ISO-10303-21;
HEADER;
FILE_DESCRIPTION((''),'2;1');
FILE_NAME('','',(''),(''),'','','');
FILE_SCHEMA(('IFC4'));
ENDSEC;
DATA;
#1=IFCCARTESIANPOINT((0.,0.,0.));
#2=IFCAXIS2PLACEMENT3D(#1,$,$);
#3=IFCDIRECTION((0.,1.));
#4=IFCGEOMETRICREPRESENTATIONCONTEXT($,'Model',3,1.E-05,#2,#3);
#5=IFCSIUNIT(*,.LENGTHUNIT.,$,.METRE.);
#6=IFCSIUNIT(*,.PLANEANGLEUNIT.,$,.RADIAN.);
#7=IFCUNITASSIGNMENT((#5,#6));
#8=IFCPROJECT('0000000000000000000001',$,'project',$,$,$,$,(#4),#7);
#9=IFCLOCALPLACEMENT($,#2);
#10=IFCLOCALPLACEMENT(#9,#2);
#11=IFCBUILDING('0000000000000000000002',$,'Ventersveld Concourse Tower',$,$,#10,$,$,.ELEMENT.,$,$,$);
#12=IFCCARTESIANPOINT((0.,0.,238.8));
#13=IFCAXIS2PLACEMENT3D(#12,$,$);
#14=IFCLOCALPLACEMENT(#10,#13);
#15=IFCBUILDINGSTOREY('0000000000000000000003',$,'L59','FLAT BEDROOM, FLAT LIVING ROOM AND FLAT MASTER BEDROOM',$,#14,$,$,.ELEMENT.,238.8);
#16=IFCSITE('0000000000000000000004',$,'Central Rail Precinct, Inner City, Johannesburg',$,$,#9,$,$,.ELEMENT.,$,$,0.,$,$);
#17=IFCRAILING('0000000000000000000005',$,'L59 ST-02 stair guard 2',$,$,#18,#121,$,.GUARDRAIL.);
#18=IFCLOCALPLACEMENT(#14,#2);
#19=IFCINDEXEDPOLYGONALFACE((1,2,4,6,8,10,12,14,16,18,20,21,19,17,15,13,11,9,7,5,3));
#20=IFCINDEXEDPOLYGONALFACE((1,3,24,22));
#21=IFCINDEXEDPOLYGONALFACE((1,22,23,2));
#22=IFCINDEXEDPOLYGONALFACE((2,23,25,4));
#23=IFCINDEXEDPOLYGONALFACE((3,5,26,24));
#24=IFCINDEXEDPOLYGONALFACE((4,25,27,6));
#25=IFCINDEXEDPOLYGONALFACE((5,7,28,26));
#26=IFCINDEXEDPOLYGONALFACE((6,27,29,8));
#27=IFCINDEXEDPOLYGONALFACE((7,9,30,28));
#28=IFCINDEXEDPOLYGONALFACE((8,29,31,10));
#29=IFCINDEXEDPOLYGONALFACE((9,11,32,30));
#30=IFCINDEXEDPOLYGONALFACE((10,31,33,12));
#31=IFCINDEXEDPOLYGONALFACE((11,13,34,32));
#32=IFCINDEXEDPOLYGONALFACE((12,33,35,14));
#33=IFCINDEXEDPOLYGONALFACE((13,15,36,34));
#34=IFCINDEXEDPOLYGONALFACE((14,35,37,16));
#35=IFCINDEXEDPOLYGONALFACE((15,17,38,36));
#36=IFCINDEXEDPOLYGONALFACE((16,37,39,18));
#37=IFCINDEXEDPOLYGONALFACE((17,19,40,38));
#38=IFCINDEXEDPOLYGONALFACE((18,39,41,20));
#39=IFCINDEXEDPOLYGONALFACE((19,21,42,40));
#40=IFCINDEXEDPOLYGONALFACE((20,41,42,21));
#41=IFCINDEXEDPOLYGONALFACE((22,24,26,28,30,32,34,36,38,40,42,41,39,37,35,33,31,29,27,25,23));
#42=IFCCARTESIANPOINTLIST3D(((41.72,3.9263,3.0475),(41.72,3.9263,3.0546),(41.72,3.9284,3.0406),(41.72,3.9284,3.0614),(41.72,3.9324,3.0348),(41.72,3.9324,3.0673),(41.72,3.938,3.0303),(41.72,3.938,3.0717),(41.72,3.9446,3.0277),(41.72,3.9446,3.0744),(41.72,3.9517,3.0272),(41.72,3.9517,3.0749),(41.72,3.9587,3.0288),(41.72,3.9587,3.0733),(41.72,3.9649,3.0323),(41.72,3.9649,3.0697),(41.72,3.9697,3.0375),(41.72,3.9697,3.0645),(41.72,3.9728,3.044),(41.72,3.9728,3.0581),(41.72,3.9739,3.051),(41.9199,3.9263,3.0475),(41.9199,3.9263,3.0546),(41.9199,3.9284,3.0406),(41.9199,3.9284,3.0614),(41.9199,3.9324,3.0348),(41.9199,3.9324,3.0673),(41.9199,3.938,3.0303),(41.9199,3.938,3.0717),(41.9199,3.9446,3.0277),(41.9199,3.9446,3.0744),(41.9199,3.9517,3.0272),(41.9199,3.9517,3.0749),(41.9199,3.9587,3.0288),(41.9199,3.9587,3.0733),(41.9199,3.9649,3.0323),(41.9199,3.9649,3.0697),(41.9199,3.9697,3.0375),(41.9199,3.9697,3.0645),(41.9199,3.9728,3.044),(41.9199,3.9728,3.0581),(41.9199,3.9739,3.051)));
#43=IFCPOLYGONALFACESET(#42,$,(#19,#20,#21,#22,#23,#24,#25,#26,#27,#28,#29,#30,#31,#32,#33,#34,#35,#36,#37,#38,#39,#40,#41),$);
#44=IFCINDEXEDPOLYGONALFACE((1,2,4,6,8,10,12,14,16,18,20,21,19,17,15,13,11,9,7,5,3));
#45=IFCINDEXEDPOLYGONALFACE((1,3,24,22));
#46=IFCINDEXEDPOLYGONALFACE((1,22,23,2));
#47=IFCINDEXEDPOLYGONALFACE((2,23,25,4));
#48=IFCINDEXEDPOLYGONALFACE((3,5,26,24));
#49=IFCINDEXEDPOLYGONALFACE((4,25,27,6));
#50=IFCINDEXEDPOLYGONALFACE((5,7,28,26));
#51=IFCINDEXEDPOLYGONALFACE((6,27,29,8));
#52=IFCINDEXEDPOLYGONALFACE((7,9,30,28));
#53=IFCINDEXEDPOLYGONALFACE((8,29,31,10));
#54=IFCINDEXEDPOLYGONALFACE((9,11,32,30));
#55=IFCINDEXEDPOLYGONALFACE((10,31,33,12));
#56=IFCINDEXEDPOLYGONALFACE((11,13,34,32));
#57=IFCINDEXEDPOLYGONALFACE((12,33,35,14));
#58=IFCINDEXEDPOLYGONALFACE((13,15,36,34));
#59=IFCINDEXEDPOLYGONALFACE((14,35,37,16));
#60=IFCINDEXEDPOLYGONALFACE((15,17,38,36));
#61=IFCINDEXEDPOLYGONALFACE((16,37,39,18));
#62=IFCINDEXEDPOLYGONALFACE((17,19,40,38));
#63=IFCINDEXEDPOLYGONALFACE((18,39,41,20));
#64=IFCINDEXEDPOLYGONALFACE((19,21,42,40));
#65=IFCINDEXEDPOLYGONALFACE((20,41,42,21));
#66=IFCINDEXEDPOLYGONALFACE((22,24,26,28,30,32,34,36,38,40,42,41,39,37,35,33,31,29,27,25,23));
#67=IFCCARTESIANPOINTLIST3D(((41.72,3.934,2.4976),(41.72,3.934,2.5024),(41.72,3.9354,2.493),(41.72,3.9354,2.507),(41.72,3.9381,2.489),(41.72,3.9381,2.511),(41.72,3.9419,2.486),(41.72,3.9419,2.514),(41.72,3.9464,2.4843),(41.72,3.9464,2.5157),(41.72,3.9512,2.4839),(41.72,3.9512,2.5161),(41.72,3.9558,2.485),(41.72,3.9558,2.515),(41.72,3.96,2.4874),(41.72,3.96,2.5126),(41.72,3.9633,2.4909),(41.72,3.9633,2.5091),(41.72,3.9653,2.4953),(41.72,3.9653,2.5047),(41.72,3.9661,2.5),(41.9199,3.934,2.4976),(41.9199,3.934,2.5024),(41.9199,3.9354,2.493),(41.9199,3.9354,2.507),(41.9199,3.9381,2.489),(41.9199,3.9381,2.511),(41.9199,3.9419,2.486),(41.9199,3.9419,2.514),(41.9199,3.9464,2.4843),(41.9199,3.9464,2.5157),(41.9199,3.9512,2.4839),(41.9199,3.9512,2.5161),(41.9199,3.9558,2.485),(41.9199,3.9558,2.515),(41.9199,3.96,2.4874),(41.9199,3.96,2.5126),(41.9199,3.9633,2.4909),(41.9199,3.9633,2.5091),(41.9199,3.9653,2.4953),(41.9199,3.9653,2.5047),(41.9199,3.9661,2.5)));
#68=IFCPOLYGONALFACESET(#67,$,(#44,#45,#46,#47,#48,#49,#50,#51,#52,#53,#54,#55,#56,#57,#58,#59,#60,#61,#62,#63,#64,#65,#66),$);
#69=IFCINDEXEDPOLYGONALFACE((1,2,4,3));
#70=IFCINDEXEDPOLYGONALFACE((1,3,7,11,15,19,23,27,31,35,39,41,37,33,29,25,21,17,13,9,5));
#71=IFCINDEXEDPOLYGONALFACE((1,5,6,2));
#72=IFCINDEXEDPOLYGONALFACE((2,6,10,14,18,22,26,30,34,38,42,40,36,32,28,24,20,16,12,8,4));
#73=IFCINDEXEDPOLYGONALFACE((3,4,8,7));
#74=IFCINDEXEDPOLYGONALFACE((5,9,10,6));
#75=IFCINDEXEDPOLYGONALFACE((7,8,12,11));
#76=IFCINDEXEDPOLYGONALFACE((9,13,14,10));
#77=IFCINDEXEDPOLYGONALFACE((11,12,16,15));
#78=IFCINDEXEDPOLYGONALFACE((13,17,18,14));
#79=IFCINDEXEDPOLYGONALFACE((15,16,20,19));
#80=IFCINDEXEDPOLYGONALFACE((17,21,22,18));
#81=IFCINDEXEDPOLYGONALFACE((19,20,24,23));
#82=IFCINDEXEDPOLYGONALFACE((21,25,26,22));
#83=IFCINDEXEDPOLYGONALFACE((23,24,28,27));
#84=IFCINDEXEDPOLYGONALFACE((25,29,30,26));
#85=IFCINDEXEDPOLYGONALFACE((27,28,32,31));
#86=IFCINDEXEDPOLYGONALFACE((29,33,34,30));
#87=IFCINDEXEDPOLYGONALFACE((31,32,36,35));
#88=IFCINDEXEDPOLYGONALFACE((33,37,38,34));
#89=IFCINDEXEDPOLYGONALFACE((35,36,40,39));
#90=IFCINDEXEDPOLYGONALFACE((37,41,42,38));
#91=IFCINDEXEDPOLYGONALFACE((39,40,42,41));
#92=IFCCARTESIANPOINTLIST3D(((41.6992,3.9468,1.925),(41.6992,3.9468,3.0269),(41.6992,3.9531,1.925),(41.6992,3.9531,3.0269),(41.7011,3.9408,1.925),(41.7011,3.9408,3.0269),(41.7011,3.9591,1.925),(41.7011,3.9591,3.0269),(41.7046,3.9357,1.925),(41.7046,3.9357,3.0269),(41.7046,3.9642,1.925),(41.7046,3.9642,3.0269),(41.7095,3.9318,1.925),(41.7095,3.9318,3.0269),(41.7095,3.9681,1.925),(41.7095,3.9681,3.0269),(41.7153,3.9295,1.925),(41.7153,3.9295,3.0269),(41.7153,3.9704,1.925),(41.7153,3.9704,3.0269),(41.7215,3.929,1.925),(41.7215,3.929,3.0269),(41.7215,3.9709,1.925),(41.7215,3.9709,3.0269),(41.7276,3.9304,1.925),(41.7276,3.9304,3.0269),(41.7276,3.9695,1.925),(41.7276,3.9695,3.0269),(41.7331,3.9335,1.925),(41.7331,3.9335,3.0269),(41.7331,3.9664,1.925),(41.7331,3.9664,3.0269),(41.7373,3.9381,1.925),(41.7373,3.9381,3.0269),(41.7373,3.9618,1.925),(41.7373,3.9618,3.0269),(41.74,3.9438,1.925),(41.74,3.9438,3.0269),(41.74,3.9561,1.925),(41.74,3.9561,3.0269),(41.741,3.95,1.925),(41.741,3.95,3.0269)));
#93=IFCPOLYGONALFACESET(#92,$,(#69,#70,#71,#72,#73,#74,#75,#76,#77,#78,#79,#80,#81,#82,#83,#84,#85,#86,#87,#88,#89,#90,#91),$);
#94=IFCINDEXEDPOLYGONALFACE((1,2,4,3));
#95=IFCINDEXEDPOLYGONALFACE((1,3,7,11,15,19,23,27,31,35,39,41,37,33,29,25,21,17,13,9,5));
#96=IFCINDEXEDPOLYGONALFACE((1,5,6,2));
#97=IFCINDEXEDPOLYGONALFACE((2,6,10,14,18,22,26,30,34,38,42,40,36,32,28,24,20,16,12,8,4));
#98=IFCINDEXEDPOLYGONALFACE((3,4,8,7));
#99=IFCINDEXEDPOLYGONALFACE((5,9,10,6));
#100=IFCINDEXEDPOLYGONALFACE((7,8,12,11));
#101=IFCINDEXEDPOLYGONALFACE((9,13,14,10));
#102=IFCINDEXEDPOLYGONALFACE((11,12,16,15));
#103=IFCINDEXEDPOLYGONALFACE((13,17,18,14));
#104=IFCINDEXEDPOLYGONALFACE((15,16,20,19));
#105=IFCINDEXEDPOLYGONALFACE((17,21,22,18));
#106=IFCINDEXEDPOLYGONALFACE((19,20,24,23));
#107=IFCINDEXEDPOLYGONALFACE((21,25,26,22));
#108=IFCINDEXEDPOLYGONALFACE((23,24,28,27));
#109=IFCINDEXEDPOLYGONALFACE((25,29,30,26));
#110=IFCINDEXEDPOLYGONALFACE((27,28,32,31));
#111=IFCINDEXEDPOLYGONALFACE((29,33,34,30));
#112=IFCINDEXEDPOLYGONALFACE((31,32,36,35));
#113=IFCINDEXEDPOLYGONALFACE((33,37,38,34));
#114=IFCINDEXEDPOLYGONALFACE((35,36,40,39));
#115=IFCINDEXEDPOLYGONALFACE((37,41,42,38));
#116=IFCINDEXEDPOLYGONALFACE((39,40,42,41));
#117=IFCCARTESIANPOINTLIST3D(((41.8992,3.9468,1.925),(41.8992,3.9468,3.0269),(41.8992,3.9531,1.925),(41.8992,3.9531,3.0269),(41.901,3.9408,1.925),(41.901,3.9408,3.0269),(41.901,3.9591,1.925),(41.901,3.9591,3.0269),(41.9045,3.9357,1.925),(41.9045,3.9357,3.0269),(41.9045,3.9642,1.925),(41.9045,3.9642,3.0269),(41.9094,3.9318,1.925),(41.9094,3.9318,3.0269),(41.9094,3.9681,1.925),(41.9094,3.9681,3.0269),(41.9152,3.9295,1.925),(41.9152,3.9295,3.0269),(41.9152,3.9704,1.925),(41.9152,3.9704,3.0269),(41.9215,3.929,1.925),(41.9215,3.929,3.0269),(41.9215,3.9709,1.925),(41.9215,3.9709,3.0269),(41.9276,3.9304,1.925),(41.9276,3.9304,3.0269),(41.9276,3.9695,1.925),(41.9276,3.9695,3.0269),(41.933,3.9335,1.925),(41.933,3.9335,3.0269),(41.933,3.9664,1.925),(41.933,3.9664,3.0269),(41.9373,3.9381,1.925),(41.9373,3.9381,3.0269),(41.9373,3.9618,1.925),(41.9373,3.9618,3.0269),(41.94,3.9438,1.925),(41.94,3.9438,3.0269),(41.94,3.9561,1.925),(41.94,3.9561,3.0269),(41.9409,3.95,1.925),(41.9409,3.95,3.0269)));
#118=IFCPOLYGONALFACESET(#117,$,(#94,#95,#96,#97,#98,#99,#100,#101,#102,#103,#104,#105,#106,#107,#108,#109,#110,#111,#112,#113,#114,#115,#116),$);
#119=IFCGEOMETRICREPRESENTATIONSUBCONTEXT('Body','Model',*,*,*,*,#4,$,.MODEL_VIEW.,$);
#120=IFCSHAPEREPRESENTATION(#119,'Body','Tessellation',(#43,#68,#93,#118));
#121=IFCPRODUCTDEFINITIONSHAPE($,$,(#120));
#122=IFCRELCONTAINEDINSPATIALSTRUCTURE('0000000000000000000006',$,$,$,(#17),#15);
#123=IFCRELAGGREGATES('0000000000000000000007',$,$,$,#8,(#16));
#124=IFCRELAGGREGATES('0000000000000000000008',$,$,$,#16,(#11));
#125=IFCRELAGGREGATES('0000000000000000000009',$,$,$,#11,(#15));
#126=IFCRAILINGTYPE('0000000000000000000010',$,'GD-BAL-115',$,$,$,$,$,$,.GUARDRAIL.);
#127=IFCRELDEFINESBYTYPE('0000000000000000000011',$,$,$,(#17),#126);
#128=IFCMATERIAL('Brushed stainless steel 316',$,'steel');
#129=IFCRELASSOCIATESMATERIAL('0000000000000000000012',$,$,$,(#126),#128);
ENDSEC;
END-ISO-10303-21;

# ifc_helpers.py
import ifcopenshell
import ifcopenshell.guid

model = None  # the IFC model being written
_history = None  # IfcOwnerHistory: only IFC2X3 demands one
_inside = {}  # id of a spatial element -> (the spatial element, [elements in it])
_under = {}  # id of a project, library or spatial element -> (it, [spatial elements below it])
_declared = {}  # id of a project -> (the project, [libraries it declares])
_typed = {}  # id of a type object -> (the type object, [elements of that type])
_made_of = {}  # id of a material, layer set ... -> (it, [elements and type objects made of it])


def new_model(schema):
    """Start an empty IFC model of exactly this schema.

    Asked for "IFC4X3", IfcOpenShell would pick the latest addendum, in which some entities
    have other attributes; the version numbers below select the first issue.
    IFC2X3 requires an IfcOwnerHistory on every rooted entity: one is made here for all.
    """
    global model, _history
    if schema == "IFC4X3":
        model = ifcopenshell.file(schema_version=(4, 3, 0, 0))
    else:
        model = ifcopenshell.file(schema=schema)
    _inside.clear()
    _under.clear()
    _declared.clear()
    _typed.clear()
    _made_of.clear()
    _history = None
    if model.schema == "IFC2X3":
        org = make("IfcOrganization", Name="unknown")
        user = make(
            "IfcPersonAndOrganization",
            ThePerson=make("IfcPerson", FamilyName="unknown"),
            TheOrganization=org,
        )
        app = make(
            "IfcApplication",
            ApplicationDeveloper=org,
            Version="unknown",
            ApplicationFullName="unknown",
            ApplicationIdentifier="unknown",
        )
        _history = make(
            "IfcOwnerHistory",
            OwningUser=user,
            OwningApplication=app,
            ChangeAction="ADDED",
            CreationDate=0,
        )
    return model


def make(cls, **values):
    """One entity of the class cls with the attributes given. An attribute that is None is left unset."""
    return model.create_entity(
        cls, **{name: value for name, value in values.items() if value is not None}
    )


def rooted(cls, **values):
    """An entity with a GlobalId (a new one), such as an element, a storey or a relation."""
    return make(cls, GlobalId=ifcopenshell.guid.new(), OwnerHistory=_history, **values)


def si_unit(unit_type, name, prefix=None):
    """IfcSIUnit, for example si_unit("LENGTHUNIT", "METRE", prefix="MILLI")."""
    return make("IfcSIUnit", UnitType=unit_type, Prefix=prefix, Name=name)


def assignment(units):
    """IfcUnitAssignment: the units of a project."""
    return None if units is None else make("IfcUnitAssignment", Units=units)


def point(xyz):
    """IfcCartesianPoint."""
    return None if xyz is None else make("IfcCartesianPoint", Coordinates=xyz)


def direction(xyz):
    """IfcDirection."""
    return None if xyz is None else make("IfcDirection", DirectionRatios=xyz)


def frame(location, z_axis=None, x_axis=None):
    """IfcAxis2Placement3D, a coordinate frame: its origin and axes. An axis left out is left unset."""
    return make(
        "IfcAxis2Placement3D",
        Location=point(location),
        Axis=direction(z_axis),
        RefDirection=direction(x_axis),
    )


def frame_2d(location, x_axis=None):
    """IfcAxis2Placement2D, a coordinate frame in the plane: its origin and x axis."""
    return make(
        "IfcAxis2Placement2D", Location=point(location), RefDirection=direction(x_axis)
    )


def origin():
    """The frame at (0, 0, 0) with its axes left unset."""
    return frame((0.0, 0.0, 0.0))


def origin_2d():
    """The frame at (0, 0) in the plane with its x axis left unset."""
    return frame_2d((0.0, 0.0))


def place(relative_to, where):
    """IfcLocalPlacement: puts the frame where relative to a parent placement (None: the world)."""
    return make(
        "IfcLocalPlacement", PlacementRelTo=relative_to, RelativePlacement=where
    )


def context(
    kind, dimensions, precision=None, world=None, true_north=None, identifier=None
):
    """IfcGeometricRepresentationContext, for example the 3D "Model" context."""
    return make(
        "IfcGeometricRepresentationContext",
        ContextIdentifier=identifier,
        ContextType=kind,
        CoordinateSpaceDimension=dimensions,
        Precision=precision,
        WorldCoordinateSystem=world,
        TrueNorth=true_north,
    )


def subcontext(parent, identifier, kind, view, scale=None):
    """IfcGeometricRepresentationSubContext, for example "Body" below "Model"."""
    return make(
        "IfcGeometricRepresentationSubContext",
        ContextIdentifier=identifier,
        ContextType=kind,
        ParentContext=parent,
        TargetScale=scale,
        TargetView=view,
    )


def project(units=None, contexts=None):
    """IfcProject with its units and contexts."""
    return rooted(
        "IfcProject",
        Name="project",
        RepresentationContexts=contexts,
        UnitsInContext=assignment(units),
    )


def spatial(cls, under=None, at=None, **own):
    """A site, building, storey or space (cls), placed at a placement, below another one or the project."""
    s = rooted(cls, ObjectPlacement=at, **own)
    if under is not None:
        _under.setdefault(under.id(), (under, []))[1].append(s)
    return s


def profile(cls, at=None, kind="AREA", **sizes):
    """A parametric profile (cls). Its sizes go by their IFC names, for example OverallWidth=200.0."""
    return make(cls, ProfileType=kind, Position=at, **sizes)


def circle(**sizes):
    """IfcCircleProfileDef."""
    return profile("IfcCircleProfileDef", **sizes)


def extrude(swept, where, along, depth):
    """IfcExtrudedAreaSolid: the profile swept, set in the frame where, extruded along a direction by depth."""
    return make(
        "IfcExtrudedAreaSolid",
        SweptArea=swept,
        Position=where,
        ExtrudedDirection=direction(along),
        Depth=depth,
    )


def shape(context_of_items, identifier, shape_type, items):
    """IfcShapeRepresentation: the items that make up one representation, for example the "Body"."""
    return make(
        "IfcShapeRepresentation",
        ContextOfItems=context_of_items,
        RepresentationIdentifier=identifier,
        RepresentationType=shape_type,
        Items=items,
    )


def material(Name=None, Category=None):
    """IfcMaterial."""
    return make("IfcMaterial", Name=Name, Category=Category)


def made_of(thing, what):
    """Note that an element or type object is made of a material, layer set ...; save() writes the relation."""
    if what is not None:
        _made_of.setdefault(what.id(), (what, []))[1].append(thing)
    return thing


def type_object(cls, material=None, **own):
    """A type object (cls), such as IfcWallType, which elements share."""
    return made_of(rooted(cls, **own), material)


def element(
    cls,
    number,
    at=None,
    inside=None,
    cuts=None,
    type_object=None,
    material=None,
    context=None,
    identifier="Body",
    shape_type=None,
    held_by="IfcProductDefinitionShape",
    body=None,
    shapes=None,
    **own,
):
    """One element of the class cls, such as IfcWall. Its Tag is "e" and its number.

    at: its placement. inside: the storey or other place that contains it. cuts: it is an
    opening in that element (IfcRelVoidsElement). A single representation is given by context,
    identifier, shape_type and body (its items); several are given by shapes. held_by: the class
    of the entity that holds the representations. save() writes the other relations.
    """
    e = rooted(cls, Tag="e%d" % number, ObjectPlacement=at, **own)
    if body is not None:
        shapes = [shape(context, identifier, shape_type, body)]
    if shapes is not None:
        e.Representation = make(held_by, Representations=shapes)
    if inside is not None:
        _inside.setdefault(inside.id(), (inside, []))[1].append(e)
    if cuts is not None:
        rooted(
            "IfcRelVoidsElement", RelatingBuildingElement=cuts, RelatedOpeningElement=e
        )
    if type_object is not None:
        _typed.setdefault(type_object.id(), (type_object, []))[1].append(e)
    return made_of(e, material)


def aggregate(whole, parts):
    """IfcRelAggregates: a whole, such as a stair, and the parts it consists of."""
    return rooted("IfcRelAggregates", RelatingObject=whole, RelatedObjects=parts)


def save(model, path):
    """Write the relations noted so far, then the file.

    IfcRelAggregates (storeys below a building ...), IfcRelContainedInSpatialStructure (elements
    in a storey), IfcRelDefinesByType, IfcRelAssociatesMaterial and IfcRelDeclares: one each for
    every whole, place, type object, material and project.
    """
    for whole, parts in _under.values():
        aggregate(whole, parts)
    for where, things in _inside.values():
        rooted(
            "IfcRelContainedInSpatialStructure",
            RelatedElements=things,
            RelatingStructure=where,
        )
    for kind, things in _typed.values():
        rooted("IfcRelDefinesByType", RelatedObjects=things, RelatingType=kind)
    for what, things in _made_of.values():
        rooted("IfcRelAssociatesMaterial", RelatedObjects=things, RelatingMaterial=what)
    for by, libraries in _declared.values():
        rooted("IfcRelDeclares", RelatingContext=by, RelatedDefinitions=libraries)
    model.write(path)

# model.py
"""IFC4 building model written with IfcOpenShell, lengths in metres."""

from ifc_helpers import new_model, si_unit, direction, frame, origin, origin_2d, place, context, subcontext, project, spatial, circle, extrude, material, type_object, element, save


model = new_model("IFC4")

# Units and contexts
model_context = context("Model", 3, precision=1e-05, world=origin(), true_north=direction((0.0, 1.0)))
body_context = subcontext(model_context, "Body", "Model", "MODEL_VIEW")
ifc_project = project(units=[si_unit("LENGTHUNIT", "METRE"), si_unit("PLANEANGLEUNIT", "RADIAN")], contexts=[model_context])

# Site, building, storey
site_placement = place(None, origin())
site = spatial("IfcSite", under=ifc_project, at=site_placement, Name="Central Rail Precinct, Inner City, Johannesburg", CompositionType="ELEMENT", RefElevation=0.0)
building_placement = place(site_placement, origin())
building = spatial("IfcBuilding", under=site, at=building_placement, Name="Ventersveld Concourse Tower", CompositionType="ELEMENT")
storey_placement = place(building_placement, frame((0.0, 0.0, 238.8)))
storey = spatial("IfcBuildingStorey", under=building, at=storey_placement, Name="L59", Description="FLAT BEDROOM, FLAT LIVING ROOM AND FLAT MASTER BEDROOM", CompositionType="ELEMENT", Elevation=238.8)

# Shared definitions
ifc_material_1 = material(Name="Brushed stainless steel 316", Category="steel")

# Railing
railing_type_1 = type_object("IfcRailingType", Name="GD-BAL-115", PredefinedType="GUARDRAIL", material=ifc_material_1)
railing_1_placement = place(storey_placement, frame((41.72, 3.95, 1.925)))
element("IfcRailing", 1, at=railing_1_placement, inside=storey, type_object=railing_type_1, Name="L59 ST-02 stair guard 2", PredefinedType="GUARDRAIL", context=body_context, shape_type="SweptSolid", body=[
    extrude(circle(Radius=0.0239, at=origin_2d()), frame((0.0, 0.0, 1.126), z_axis=(1.0, 0.0, 0.0), x_axis=(0.0, 1.0, 0.0)), (0.0, 0.0, 1.0), 0.2),
    extrude(circle(Radius=0.0161, at=origin_2d()), frame((0.0, 0.0, 0.575), z_axis=(1.0, 0.0, 0.0), x_axis=(0.0, 1.0, 0.0)), (0.0, 0.0, 1.0), 0.2),
    extrude(circle(Radius=0.021, at=origin_2d()), origin(), (0.0, 0.0, 1.0), 1.1018),
    extrude(circle(Radius=0.021, at=origin_2d()), frame((0.2, 0.0, 0.0)), (0.0, 0.0, 1.0), 1.1018),
])

save(model, "model.ifc")
